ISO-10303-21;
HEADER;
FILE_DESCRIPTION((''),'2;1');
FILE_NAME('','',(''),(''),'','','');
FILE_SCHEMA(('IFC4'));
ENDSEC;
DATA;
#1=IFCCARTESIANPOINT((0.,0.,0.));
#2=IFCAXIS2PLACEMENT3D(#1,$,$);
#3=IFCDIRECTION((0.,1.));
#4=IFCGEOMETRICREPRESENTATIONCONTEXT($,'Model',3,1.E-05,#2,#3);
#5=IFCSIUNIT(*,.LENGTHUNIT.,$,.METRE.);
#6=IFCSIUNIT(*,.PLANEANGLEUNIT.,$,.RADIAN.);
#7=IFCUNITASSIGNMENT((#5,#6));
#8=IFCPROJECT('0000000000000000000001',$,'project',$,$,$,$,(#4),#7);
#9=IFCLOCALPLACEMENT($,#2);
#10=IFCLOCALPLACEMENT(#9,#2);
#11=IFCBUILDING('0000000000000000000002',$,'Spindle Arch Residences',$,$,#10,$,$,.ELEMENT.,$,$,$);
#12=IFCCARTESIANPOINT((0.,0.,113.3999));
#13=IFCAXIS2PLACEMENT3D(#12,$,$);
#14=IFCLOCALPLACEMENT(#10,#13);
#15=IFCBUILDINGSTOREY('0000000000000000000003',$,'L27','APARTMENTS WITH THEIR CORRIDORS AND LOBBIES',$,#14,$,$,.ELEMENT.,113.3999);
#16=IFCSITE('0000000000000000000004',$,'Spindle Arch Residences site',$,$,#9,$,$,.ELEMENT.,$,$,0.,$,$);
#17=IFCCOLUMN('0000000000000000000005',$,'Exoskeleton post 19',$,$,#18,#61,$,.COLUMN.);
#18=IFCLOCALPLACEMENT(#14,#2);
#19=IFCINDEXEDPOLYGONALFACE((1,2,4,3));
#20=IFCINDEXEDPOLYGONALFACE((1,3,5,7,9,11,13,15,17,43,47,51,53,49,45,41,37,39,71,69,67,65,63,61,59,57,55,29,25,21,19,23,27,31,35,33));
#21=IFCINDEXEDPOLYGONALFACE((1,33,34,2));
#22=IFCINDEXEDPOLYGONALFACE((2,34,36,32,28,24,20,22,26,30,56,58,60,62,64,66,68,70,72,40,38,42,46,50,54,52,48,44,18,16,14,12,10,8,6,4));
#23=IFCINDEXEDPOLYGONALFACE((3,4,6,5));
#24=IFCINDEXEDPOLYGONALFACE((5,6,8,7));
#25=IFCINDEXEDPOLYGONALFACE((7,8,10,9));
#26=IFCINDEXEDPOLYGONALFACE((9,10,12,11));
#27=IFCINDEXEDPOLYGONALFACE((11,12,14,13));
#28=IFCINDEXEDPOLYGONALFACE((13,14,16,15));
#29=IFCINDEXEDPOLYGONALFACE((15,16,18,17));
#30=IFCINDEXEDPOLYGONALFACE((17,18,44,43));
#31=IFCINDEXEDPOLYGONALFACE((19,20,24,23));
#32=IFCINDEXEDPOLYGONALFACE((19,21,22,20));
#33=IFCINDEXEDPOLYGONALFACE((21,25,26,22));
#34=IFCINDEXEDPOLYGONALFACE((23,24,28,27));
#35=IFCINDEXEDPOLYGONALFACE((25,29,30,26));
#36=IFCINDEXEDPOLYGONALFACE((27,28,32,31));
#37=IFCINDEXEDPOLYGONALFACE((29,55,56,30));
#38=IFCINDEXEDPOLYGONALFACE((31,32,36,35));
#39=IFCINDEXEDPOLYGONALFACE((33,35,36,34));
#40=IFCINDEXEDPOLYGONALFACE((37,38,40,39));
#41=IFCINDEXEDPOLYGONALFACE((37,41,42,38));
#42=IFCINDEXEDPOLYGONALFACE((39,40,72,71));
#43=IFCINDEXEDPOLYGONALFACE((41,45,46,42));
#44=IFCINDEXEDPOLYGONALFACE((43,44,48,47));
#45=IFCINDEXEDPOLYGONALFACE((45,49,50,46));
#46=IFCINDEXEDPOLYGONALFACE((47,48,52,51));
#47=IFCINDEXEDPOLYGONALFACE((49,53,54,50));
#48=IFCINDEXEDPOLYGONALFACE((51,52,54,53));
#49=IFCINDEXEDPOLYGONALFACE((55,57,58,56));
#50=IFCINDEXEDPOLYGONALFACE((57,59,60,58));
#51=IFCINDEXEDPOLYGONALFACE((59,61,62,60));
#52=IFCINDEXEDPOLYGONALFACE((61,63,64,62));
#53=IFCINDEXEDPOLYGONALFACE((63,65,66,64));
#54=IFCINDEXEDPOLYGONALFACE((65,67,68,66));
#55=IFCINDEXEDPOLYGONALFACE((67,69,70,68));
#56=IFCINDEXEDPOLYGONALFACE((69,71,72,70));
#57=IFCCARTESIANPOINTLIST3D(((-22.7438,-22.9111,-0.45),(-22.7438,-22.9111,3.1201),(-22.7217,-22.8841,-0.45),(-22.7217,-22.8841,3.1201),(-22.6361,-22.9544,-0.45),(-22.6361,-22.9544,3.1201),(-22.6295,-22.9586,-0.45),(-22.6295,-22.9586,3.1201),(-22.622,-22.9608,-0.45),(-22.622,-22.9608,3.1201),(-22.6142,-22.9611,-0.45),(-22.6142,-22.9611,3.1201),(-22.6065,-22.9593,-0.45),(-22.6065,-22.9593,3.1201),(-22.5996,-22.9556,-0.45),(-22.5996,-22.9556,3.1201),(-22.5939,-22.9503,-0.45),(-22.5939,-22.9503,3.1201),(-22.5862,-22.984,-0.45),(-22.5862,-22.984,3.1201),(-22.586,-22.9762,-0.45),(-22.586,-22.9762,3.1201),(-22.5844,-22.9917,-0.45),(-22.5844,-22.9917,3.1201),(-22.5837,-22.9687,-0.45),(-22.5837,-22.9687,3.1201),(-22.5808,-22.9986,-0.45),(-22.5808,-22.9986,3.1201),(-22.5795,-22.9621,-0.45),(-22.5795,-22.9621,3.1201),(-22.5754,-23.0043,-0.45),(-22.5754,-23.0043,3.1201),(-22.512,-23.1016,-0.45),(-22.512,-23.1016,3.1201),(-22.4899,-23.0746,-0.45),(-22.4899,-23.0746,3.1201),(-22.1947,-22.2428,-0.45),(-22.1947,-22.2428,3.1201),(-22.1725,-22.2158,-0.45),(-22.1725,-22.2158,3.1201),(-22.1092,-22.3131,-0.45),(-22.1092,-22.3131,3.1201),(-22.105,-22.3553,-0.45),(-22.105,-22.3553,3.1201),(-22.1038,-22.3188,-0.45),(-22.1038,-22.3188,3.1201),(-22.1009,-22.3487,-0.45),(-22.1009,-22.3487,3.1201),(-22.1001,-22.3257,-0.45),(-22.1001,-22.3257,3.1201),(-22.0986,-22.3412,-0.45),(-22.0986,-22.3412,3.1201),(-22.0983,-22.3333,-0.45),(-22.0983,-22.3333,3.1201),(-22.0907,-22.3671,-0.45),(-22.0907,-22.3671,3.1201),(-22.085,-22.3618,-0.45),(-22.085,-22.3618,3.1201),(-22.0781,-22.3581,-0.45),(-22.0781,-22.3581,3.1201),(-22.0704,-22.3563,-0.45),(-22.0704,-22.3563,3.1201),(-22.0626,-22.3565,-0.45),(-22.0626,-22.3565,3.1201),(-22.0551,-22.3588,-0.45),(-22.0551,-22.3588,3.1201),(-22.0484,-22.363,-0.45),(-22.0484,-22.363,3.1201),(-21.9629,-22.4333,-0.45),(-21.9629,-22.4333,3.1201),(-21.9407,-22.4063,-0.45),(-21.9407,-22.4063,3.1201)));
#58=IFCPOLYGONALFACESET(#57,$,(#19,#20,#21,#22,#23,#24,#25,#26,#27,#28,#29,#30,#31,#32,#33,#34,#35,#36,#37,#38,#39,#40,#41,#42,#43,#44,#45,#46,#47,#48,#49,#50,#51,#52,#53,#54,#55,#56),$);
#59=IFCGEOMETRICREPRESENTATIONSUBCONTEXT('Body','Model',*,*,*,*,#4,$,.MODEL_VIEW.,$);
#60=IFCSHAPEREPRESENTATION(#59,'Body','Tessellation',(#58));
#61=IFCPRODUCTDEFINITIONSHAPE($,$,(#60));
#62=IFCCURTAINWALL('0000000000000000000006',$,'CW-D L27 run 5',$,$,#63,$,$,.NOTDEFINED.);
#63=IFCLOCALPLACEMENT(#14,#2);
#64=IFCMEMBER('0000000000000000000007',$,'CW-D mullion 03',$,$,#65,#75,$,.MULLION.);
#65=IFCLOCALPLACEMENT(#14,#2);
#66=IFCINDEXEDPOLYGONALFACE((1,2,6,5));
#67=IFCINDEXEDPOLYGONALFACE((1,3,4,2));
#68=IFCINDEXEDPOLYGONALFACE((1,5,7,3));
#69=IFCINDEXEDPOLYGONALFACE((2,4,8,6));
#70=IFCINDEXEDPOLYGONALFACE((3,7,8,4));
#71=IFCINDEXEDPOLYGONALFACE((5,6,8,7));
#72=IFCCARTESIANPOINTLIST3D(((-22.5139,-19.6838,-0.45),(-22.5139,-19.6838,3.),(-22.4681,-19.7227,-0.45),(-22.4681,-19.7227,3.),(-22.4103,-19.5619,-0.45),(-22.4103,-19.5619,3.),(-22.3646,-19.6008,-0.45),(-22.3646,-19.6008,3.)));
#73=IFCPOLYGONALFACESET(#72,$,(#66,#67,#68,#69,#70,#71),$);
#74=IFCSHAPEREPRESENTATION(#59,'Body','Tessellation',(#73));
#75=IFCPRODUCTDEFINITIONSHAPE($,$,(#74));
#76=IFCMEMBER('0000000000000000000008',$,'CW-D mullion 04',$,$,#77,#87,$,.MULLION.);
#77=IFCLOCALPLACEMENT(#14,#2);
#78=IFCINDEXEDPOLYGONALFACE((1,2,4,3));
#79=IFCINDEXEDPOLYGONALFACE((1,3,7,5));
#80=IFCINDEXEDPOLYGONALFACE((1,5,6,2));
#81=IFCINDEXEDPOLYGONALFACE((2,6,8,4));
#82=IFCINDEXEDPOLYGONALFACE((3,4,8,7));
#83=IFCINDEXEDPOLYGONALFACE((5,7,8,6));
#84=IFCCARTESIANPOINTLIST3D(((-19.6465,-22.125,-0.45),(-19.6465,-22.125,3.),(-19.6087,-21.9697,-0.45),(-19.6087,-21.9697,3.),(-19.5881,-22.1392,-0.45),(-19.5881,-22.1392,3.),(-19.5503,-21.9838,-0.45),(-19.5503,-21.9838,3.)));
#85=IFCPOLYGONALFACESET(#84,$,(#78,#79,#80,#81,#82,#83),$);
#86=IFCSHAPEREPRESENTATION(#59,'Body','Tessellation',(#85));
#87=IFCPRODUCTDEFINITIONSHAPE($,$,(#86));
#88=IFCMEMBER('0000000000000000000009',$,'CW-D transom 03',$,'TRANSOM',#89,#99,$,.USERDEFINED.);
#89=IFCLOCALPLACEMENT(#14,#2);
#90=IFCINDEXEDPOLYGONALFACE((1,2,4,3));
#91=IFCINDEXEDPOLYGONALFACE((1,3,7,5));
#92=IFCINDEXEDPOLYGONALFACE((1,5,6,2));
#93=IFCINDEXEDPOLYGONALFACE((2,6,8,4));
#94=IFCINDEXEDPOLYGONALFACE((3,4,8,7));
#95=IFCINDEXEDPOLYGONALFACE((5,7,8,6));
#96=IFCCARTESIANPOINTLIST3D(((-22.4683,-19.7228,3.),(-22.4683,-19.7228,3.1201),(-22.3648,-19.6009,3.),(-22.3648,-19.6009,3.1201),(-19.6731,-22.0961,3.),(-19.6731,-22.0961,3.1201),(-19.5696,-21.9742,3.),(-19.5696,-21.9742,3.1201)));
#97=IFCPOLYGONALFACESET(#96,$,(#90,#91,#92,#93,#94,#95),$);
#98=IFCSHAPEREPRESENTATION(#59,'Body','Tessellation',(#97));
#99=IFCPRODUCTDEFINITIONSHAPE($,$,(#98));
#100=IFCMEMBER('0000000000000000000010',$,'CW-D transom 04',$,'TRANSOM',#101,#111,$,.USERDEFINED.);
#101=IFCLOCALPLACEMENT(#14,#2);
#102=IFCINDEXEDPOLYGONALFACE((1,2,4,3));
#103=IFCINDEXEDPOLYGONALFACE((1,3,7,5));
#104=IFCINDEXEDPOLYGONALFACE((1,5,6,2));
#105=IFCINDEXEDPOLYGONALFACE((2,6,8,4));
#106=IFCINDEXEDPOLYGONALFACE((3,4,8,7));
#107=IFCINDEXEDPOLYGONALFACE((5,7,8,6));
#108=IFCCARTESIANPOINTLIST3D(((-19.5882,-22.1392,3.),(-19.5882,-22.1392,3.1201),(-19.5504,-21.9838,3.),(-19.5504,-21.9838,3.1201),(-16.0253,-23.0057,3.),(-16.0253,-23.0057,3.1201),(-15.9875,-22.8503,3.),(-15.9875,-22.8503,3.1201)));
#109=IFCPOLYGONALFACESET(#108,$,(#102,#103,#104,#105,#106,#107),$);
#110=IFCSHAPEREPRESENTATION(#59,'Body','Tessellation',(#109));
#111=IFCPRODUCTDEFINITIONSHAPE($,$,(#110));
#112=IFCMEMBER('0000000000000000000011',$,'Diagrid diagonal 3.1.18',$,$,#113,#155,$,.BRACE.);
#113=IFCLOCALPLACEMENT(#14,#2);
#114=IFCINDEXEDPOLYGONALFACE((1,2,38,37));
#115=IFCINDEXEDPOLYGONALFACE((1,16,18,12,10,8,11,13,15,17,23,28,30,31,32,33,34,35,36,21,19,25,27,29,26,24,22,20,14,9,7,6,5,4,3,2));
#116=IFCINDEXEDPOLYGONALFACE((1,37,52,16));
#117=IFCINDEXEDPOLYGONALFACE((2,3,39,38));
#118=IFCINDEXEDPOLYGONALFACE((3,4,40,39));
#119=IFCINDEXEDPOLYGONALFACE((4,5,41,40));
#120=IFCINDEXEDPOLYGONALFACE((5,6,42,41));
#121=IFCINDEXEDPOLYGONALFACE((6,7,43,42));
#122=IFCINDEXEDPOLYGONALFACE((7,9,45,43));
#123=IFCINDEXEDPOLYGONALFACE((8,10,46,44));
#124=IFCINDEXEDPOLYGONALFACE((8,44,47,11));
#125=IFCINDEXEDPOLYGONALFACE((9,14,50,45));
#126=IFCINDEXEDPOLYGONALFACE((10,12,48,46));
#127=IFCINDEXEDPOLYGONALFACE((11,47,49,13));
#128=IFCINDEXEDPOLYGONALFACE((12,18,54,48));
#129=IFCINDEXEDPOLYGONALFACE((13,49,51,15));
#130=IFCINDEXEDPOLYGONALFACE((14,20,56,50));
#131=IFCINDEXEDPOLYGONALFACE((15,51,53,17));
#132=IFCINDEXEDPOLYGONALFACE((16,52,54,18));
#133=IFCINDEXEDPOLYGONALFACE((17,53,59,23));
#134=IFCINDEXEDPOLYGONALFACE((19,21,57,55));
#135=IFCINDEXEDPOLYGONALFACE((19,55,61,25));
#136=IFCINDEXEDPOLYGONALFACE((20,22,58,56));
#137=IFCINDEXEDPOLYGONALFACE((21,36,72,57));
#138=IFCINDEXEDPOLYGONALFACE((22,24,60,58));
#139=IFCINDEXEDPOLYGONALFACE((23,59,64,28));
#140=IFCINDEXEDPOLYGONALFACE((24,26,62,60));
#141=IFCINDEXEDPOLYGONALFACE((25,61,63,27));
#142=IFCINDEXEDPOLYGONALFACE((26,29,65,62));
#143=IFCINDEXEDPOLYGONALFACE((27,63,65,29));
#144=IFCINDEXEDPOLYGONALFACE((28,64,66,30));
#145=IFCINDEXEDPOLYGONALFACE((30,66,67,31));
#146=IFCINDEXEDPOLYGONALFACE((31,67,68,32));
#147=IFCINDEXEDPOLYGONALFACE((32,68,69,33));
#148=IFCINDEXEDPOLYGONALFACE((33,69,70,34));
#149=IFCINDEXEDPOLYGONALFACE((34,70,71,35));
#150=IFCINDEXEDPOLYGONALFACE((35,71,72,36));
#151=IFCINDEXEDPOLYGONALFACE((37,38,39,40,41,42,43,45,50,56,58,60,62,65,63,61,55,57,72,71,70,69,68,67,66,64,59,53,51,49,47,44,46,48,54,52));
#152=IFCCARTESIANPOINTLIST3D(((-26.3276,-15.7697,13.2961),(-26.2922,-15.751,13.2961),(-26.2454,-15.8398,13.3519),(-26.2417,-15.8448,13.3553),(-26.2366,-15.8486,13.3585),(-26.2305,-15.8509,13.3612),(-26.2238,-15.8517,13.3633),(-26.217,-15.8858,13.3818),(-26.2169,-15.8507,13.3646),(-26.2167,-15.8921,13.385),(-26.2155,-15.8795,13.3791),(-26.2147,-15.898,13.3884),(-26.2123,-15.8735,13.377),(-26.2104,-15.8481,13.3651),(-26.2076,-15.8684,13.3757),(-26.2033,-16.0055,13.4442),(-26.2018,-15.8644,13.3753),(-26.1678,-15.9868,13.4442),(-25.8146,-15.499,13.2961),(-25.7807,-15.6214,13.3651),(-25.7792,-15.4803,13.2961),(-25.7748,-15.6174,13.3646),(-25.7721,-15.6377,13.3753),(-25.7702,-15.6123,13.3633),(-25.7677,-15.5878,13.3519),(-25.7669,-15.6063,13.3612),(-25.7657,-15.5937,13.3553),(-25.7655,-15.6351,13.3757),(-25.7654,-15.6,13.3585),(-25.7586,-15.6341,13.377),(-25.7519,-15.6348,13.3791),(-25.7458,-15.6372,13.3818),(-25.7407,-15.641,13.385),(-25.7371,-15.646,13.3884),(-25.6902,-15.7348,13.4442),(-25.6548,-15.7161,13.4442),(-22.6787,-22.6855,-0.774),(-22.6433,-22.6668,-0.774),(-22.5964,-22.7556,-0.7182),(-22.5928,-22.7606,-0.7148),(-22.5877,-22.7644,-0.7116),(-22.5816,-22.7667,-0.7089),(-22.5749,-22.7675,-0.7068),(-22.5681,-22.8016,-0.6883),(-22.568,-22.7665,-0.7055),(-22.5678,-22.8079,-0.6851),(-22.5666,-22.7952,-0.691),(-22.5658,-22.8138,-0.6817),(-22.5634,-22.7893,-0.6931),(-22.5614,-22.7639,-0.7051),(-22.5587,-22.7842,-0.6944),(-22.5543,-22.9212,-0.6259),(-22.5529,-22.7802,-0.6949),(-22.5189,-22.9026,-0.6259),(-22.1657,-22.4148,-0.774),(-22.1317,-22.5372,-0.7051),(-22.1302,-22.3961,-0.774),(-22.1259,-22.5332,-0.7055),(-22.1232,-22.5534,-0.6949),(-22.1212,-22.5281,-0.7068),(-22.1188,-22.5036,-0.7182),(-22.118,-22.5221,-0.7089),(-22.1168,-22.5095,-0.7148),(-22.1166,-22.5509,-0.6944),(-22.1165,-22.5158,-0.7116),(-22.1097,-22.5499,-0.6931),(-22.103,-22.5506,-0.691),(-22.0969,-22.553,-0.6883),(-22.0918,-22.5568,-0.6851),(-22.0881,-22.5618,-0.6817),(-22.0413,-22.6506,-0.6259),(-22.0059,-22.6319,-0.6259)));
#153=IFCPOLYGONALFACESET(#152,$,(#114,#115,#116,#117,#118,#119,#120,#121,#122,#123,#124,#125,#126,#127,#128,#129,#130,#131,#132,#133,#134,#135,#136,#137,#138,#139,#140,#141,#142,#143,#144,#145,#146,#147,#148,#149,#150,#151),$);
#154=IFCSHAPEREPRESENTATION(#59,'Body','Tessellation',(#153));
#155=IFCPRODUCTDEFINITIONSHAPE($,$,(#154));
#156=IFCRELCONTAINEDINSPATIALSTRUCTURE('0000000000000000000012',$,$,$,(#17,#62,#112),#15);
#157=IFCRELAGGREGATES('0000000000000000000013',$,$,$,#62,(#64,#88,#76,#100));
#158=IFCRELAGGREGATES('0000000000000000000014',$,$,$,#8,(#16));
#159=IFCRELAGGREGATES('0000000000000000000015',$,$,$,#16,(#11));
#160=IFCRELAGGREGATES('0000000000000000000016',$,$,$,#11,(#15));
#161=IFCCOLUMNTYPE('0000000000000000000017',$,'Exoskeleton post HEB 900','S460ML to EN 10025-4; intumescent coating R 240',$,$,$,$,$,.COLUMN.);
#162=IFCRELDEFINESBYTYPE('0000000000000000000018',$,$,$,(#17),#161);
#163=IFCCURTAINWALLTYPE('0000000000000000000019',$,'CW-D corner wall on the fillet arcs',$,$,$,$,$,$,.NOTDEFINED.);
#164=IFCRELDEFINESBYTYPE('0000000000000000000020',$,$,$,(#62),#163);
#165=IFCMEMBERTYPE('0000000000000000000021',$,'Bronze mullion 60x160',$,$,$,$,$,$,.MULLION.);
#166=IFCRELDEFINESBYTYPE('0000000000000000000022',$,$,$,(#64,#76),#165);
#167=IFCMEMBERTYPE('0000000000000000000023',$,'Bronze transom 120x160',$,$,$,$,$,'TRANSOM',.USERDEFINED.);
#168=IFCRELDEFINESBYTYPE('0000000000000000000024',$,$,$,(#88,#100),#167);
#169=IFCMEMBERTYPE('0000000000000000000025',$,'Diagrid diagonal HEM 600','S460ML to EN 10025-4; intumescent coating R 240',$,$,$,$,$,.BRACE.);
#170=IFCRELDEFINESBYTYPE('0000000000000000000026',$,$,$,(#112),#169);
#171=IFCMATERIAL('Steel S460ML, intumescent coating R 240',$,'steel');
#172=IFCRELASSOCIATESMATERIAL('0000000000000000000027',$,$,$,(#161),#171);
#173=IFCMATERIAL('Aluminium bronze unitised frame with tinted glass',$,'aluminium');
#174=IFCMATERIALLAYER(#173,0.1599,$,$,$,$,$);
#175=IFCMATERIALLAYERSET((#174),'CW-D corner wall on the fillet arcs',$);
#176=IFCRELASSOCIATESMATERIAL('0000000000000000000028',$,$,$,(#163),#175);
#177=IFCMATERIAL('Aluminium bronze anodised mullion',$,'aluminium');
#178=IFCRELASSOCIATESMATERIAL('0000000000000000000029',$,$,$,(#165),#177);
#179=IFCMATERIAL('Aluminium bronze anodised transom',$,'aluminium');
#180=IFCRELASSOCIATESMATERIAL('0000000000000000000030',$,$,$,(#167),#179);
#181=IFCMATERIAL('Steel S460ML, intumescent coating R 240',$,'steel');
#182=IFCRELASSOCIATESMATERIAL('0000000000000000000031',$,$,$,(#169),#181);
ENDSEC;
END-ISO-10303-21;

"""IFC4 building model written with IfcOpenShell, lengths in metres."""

from ifc_helpers import new_model, si_unit, direction, frame, origin, origin_2d, place, context, subcontext, project, spatial, rectangle, i_section, extrude, material, layer, layer_set, material_profile, profile_set, type_object, element, aggregate, save


model = new_model("IFC4")

# Units and contexts
model_context = context("Model", 3, precision=1e-05, world=origin(), true_north=direction((0.0, 1.0)))
body_context = subcontext(model_context, "Body", "Model", "MODEL_VIEW")
ifc_project = project(units=[si_unit("LENGTHUNIT", "METRE"), si_unit("PLANEANGLEUNIT", "RADIAN")], contexts=[model_context])

# Site, building, storey
site_placement = place(None, origin())
site = spatial("IfcSite", under=ifc_project, at=site_placement, Name="Spindle Arch Residences site", CompositionType="ELEMENT", RefElevation=0.0)
building_placement = place(site_placement, origin())
building = spatial("IfcBuilding", under=site, at=building_placement, Name="Spindle Arch Residences", CompositionType="ELEMENT")
storey_placement = place(building_placement, frame((0.0, 0.0, 113.3999)))
storey = spatial("IfcBuildingStorey", under=building, at=storey_placement, Name="L27", Description="APARTMENTS WITH THEIR CORRIDORS AND LOBBIES", CompositionType="ELEMENT", Elevation=113.3999)

# Column
ifc_material_1 = material(Name="Steel S460ML, intumescent coating R 240", Category="steel")
ifc_material_profile_1 = material_profile(ifc_material_1, i_section(OverallWidth=0.3, OverallDepth=0.8999, WebThickness=0.0186, FlangeThickness=0.0349, FilletRadius=0.03, at=origin_2d()), Name="HEB 900")
ifc_profile_set_1 = profile_set([ifc_material_profile_1], Name="Steel S460ML, intumescent coating R 240")
column_type = type_object("IfcColumnType", Name="Exoskeleton post HEB 900", Description="S460ML to EN 10025-4; intumescent coating R 240", PredefinedType="COLUMN", material=ifc_profile_set_1)
column_placement = place(storey_placement, frame((-22.3423, -22.6587, -0.45), z_axis=(0.0, 0.0, 1.0), x_axis=(-0.772638, 0.634847, 0.0)))
element("IfcColumn", 1, at=column_placement, inside=storey, type_object=column_type, Name="Exoskeleton post 19", PredefinedType="COLUMN", context=body_context, shape_type="SweptSolid", body=[
    extrude(i_section(OverallWidth=0.3, OverallDepth=0.8999, WebThickness=0.0186, FlangeThickness=0.0349, FilletRadius=0.03, at=origin_2d()), origin(), (0.0, 0.0, 1.0), 3.5701),
])

# Curtain wall, members
ifc_material_2 = material(Name="Aluminium bronze unitised frame with tinted glass", Category="aluminium")
ifc_layer_1 = layer(ifc_material_2, 0.1599)
ifc_layer_set_1 = layer_set([ifc_layer_1], Name="CW-D corner wall on the fillet arcs")
curtain_wall_type = type_object("IfcCurtainWallType", Name="CW-D corner wall on the fillet arcs", PredefinedType="NOTDEFINED", material=ifc_layer_set_1)
curtain_wall_placement = place(storey_placement, origin())
curtain_wall = element("IfcCurtainWall", 2, at=curtain_wall_placement, inside=storey, type_object=curtain_wall_type, Name="CW-D L27 run 5", PredefinedType="NOTDEFINED")
ifc_material_3 = material(Name="Aluminium bronze anodised mullion", Category="aluminium")
ifc_material_profile_2 = material_profile(ifc_material_3, rectangle(XDim=0.1599, YDim=0.0601, at=origin_2d()), Name="MU 60x160")
ifc_profile_set_2 = profile_set([ifc_material_profile_2], Name="Aluminium bronze anodised mullion")
member_type_1 = type_object("IfcMemberType", Name="Bronze mullion 60x160", PredefinedType="MULLION", material=ifc_profile_set_2)
member_1_placement = place(storey_placement, frame((-22.4392, -19.6423, -0.45), z_axis=(0.0, 0.0, 1.0), x_axis=(0.647233, 0.762292, 0.0)))
member_1 = element("IfcMember", 3, at=member_1_placement, type_object=member_type_1, Name="CW-D mullion 03", PredefinedType="MULLION", context=body_context, shape_type="SweptSolid", body=[
    extrude(rectangle(XDim=0.1599, YDim=0.0601, at=origin_2d()), origin(), (0.0, 0.0, 1.0), 3.45),
])
member_2_placement = place(storey_placement, frame((-19.5984, -22.0544, -0.45), z_axis=(0.0, 0.0, 1.0), x_axis=(0.236273, 0.971687, 0.0)))
member_2 = element("IfcMember", 4, at=member_2_placement, type_object=member_type_1, Name="CW-D mullion 04", PredefinedType="MULLION", context=body_context, shape_type="SweptSolid", body=[
    extrude(rectangle(XDim=0.1599, YDim=0.0601, at=origin_2d()), origin(), (0.0, 0.0, 1.0), 3.45),
])
ifc_material_4 = material(Name="Aluminium bronze anodised transom", Category="aluminium")
ifc_material_profile_3 = material_profile(ifc_material_4, rectangle(XDim=0.1599, YDim=0.1201, at=origin_2d()), Name="TR 120x160")
ifc_profile_set_3 = profile_set([ifc_material_profile_3], Name="Aluminium bronze anodised transom")
member_type_2 = type_object("IfcMemberType", Name="Bronze transom 120x160", ElementType="TRANSOM", PredefinedType="USERDEFINED", material=ifc_profile_set_3)
member_3_placement = place(storey_placement, frame((-22.4165, -19.6619, 3.0601), z_axis=(0.762289, -0.647237, 0.0), x_axis=(0.647237, 0.762289, 0.0)))
member_3 = element("IfcMember", 5, at=member_3_placement, type_object=member_type_2, Name="CW-D transom 03", ObjectType="TRANSOM", PredefinedType="USERDEFINED", context=body_context, shape_type="SweptSolid", body=[
    extrude(rectangle(XDim=0.1599, YDim=0.1201, at=origin_2d()), origin(), (0.0, 0.0, 1.0), 3.6667),
])
member_4_placement = place(storey_placement, frame((-19.5693, -22.0615, 3.0601), z_axis=(0.971681, -0.236296, 0.0), x_axis=(0.236296, 0.971681, 0.0)))
member_4 = element("IfcMember", 6, at=member_4_placement, type_object=member_type_2, Name="CW-D transom 04", ObjectType="TRANSOM", PredefinedType="USERDEFINED", context=body_context, shape_type="SweptSolid", body=[
    extrude(rectangle(XDim=0.1599, YDim=0.1201, at=origin_2d()), origin(), (0.0, 0.0, 1.0), 3.6667),
])

# Member
ifc_material_5 = material(Name="Steel S460ML, intumescent coating R 240", Category="steel")
ifc_material_profile_4 = material_profile(ifc_material_5, i_section(OverallWidth=0.3049, OverallDepth=0.6201, WebThickness=0.021, FlangeThickness=0.04, FilletRadius=0.0271, at=origin_2d()), Name="HEM 600")
ifc_profile_set_4 = profile_set([ifc_material_profile_4], Name="Steel S460ML, intumescent coating R 240")
member_type_3 = type_object("IfcMemberType", Name="Diagrid diagonal HEM 600", Description="S460ML to EN 10025-4; intumescent coating R 240", PredefinedType="BRACE", material=ifc_profile_set_4)
for number, where, z_axis, x_axis, name in (
    (7, (-22.3423, -22.6587, -0.7), (-0.226685, 0.429634, 0.874087), (0.407895, -0.773078, 0.485769), "Diagrid diagonal 3.1.18"),
):
    element("IfcMember", number, at=place(storey_placement, frame(where, z_axis=z_axis, x_axis=x_axis)), inside=storey, type_object=member_type_3, Name=name, PredefinedType="BRACE", context=body_context, shape_type="SweptSolid", body=[
        extrude(i_section(OverallWidth=0.3049, OverallDepth=0.6201, WebThickness=0.021, FlangeThickness=0.04, FilletRadius=0.0271, at=origin_2d()), origin(), (0.0, 0.0, 1.0), 16.0969),
    ])

aggregate(curtain_wall, [member_1, member_3, member_2, member_4])

save(model, "model.ifc")
